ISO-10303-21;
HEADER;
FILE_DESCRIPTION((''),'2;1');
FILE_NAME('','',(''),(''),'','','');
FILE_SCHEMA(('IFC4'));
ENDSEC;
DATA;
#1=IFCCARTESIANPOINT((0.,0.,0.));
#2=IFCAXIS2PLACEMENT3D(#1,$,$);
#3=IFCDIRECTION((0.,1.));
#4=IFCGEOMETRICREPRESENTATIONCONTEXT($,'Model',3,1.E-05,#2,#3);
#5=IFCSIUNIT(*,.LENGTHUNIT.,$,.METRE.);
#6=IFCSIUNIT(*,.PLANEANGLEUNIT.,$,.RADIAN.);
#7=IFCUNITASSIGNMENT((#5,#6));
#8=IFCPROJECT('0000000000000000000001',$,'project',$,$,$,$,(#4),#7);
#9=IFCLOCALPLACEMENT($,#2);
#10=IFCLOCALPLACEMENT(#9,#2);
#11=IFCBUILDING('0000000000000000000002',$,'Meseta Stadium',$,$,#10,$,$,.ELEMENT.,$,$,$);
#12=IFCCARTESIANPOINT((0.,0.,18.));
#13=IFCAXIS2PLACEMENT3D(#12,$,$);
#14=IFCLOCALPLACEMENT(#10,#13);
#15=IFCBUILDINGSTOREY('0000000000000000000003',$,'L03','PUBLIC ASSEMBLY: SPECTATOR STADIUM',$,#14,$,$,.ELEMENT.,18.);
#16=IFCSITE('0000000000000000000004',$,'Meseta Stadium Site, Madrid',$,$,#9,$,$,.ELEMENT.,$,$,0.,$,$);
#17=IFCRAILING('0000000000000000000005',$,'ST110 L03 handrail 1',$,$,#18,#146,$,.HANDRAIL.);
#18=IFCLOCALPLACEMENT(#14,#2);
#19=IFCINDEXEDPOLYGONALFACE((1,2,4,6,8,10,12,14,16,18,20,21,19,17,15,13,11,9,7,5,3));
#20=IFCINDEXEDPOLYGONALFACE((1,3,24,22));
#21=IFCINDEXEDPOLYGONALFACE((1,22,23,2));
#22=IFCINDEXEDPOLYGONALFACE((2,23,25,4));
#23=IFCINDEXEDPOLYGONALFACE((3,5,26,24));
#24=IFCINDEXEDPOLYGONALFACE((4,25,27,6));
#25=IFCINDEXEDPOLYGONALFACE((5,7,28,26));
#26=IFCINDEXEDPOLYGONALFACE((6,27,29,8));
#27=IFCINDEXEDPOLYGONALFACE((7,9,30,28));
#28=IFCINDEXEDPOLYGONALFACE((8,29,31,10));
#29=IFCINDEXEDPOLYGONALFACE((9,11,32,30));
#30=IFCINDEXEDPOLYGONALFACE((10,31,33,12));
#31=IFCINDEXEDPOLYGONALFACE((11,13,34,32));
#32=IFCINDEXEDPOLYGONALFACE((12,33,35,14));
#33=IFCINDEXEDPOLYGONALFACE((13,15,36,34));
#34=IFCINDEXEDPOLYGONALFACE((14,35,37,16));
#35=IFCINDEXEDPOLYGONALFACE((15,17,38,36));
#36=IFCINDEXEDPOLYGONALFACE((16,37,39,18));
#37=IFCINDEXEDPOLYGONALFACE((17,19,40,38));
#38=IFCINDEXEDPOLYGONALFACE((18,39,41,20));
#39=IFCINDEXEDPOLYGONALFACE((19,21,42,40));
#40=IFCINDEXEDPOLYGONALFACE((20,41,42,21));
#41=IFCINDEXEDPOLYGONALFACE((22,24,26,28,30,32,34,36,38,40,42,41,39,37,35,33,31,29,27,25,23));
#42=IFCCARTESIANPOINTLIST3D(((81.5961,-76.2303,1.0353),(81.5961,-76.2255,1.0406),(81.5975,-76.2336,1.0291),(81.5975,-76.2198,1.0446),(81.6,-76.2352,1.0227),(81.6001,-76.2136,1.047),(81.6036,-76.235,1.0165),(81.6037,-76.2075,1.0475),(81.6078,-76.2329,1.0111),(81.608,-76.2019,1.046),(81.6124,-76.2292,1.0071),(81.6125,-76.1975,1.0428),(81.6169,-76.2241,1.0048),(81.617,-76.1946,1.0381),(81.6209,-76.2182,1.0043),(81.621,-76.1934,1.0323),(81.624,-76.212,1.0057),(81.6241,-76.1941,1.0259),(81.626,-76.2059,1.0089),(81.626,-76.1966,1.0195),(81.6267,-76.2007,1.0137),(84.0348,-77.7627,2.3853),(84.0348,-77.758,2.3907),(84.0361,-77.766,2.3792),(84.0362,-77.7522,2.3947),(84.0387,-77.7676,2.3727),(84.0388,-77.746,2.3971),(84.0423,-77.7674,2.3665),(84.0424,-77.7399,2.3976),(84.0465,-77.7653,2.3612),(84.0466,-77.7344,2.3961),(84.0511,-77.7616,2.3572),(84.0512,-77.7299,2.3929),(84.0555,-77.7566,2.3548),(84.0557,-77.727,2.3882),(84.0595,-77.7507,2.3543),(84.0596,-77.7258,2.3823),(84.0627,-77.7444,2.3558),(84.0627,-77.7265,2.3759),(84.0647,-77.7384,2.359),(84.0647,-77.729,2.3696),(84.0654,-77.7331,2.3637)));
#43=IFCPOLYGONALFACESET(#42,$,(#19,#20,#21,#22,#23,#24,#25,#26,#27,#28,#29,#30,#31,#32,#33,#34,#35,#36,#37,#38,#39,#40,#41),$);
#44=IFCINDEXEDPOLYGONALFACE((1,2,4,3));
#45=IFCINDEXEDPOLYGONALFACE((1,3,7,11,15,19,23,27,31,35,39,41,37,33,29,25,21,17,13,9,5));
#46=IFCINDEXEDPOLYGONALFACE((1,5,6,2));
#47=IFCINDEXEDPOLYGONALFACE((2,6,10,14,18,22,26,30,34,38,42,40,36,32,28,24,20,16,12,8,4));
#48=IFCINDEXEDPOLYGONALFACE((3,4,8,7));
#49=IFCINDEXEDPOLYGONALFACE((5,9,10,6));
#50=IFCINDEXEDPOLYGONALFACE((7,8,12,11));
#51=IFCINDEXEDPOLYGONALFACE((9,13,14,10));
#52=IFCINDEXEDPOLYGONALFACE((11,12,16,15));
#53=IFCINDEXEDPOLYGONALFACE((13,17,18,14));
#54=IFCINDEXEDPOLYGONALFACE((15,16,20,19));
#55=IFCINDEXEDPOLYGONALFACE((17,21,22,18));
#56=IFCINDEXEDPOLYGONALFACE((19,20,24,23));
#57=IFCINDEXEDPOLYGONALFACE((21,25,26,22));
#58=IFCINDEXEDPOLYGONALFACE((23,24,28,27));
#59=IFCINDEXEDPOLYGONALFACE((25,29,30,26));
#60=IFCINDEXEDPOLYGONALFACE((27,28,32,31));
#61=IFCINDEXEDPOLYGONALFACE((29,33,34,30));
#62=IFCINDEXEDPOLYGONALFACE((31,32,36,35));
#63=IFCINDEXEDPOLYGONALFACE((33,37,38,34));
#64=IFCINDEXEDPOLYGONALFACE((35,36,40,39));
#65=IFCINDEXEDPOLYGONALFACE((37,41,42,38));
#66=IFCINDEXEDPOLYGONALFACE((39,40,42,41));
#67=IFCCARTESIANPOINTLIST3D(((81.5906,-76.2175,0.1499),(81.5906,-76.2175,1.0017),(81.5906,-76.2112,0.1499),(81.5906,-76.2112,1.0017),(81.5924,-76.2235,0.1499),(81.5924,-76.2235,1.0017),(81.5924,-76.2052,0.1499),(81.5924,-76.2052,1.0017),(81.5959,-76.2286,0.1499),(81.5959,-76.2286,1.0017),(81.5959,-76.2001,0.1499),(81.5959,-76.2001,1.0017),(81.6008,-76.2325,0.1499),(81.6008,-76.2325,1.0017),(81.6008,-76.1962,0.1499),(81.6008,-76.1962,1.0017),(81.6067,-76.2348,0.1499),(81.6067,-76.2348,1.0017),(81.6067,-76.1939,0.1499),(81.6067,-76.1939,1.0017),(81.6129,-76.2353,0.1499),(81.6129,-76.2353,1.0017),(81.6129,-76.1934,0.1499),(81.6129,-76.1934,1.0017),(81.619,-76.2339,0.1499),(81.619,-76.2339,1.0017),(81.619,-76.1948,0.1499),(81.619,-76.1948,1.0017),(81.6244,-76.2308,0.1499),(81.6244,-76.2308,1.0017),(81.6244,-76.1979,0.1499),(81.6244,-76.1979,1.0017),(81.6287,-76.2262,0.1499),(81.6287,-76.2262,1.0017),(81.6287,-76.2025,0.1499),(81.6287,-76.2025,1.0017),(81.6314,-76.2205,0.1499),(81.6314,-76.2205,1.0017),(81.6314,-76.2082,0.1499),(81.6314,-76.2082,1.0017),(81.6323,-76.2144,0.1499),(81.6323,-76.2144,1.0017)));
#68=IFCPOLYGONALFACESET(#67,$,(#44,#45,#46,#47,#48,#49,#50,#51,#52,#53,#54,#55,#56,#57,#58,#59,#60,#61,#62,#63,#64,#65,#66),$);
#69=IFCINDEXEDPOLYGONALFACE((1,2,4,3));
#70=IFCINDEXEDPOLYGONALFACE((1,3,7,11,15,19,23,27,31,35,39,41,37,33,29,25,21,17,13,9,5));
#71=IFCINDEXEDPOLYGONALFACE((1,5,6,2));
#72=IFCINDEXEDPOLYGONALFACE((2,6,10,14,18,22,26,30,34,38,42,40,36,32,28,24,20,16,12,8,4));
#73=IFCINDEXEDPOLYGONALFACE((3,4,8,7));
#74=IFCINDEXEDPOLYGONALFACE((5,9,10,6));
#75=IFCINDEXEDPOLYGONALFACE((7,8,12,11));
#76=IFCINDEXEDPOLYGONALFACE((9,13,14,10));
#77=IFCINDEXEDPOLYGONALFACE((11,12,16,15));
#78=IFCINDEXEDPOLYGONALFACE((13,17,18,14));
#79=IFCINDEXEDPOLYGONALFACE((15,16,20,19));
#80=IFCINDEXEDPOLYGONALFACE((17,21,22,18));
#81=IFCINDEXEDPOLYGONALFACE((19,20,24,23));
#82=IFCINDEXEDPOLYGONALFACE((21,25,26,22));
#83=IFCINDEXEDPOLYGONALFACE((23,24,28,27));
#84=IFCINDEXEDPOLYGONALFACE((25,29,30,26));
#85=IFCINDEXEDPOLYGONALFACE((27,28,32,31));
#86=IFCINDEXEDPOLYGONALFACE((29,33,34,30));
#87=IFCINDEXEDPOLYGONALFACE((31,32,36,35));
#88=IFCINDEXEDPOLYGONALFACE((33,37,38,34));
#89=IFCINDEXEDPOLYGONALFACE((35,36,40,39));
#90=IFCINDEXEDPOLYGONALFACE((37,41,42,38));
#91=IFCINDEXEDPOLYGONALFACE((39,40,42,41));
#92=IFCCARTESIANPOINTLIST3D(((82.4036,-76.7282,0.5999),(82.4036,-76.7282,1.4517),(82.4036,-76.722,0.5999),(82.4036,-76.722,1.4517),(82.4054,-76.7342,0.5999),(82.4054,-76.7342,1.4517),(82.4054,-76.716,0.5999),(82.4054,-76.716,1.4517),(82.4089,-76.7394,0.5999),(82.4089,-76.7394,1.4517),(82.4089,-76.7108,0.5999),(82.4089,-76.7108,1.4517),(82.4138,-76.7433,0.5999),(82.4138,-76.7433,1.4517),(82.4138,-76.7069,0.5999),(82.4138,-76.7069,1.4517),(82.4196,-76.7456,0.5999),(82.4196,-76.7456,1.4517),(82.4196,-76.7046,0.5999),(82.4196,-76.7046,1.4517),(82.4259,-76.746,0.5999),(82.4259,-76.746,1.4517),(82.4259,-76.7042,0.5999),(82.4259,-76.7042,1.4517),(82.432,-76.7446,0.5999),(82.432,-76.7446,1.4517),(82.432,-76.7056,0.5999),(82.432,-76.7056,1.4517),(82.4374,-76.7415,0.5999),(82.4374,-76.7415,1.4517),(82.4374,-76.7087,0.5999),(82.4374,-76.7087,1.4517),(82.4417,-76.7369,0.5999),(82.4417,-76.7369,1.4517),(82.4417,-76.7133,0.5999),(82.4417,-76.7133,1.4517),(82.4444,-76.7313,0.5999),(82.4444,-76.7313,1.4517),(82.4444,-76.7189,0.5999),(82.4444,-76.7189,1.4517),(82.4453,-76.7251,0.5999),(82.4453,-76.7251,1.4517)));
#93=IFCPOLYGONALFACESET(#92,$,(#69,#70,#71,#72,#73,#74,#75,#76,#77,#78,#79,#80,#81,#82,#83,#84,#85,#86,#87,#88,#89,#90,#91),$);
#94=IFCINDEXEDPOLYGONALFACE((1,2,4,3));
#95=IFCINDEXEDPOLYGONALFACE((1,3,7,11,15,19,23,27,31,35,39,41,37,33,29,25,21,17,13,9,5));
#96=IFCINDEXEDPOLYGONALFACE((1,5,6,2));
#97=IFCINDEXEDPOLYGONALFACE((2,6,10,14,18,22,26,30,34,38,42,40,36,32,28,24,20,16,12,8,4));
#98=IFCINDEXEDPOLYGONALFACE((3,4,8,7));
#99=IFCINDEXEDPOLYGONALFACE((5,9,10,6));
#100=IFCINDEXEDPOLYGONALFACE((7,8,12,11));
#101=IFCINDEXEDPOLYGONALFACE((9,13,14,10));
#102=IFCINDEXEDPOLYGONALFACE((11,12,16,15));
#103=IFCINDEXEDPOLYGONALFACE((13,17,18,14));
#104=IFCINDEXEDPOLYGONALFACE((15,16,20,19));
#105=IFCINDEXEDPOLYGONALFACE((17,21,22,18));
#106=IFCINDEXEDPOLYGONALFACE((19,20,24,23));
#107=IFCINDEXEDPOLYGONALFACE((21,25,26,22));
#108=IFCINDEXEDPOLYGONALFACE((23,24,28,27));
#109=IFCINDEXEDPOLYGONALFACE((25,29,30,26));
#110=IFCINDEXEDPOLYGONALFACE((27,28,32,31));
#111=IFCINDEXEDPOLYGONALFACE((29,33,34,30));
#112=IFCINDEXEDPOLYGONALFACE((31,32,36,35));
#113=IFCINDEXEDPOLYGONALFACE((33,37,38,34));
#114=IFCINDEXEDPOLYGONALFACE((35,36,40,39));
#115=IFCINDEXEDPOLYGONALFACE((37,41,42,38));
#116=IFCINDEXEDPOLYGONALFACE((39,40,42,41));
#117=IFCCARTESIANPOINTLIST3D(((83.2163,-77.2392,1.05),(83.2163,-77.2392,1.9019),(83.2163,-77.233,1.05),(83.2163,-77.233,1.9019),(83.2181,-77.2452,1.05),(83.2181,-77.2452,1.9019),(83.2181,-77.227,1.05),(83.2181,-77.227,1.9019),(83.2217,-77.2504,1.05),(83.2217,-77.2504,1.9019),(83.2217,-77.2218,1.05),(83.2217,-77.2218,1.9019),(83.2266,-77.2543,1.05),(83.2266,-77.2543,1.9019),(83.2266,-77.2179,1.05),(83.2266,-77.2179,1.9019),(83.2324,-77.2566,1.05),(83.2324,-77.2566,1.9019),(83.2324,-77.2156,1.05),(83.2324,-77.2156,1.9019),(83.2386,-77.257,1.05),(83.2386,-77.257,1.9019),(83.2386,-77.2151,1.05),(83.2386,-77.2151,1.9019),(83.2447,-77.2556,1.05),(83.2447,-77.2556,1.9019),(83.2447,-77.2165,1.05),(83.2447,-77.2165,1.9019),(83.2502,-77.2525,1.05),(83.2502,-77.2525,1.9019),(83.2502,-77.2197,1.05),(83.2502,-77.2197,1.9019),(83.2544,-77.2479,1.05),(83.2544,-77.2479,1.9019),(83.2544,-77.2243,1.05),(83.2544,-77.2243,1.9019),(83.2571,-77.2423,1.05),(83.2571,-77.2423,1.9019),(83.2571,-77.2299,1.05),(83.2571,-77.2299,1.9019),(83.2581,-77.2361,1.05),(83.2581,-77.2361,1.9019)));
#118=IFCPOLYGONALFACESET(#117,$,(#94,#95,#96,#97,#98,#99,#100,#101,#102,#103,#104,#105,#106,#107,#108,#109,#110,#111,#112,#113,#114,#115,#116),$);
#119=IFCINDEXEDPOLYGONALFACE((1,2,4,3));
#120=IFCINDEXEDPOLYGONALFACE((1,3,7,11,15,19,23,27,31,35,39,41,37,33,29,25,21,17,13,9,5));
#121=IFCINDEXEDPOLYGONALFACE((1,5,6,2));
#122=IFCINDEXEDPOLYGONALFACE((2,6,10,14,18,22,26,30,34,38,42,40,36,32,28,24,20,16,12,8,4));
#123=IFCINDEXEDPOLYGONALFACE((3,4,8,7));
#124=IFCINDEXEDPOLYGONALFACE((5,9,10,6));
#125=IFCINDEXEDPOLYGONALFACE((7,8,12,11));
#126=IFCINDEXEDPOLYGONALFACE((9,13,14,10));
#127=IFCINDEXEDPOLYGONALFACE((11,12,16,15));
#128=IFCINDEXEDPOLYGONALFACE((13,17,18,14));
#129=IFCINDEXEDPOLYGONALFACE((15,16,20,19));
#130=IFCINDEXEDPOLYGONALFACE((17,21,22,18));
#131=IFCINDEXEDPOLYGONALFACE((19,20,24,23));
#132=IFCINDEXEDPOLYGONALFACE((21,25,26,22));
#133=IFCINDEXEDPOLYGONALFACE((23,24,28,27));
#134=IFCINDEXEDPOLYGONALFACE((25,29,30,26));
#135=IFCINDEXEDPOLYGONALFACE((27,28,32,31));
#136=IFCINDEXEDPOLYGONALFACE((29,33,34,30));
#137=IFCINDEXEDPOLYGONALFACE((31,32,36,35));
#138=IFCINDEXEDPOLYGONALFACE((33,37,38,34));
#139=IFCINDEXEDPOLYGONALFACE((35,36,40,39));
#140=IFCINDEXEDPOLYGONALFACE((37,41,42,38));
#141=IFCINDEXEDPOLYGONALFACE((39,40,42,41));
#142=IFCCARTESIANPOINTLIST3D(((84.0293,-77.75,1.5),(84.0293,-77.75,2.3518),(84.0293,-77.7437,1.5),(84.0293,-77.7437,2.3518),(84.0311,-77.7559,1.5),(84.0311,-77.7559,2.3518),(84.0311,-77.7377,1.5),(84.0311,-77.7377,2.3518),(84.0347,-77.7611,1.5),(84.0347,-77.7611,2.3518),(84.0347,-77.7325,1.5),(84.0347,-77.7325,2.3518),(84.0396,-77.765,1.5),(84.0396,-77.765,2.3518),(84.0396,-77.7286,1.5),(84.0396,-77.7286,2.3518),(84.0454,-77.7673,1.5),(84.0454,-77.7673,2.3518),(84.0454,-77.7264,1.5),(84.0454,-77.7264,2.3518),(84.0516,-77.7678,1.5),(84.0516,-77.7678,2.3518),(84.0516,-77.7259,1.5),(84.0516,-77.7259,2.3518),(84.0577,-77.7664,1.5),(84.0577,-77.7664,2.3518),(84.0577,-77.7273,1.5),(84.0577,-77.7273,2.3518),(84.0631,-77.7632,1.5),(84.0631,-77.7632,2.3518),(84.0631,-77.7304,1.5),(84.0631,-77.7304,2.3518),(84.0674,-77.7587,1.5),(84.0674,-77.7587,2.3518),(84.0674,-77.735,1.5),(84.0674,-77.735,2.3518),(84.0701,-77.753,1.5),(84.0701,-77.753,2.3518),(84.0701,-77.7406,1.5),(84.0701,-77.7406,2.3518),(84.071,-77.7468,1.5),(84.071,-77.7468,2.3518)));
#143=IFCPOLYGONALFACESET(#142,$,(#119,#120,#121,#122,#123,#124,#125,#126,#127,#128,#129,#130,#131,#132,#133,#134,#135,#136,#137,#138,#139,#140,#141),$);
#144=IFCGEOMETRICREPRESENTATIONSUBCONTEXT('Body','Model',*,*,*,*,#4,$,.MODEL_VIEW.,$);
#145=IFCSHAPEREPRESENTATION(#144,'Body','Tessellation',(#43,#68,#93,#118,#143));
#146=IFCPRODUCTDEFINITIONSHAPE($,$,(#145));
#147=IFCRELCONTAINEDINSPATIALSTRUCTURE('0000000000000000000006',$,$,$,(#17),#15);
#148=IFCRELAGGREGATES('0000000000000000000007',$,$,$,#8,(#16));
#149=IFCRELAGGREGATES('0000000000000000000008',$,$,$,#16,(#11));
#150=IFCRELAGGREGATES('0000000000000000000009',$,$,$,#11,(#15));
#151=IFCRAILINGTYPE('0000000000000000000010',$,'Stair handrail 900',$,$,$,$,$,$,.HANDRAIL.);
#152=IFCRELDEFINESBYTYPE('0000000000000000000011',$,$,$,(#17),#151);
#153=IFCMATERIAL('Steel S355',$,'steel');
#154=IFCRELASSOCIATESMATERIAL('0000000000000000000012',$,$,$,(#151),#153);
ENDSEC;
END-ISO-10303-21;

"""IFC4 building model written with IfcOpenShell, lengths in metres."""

from ifc_helpers import new_model, si_unit, direction, frame, origin, origin_2d, place, context, subcontext, project, spatial, circle, extrude, material, type_object, element, save


model = new_model("IFC4")

# Units and contexts
model_context = context("Model", 3, precision=1e-05, world=origin(), true_north=direction((0.0, 1.0)))
body_context = subcontext(model_context, "Body", "Model", "MODEL_VIEW")
ifc_project = project(units=[si_unit("LENGTHUNIT", "METRE"), si_unit("PLANEANGLEUNIT", "RADIAN")], contexts=[model_context])

# Site, building, storey
site_placement = place(None, origin())
site = spatial("IfcSite", under=ifc_project, at=site_placement, Name="Meseta Stadium Site, Madrid", CompositionType="ELEMENT", RefElevation=0.0)
building_placement = place(site_placement, origin())
building = spatial("IfcBuilding", under=site, at=building_placement, Name="Meseta Stadium", CompositionType="ELEMENT")
storey_placement = place(building_placement, frame((0.0, 0.0, 18.0)))
storey = spatial("IfcBuildingStorey", under=building, at=storey_placement, Name="L03", Description="PUBLIC ASSEMBLY: SPECTATOR STADIUM", CompositionType="ELEMENT", Elevation=18.0)

# Railing
ifc_material_1 = material(Name="Steel S355", Category="steel")
railing_type_1 = type_object("IfcRailingType", Name="Stair handrail 900", PredefinedType="HANDRAIL", material=ifc_material_1)
for number, where, name in (
    (1, (81.6113, -76.2144, 0.1499), "ST110 L03 handrail 1"),
):
    element("IfcRailing", number, at=place(storey_placement, frame(where)), inside=storey, type_object=railing_type_1, Name=name, PredefinedType="HANDRAIL", context=body_context, shape_type="SweptSolid", body=[
        extrude(circle(Radius=0.0239, at=origin_2d()), frame((0.0, 0.0, 0.876), z_axis=(0.766659, -0.481762, 0.424429), x_axis=(0.532062, 0.846705, 0.0)), (0.0, 0.0, 1.0), 3.1809),
        extrude(circle(Radius=0.021, at=origin_2d()), origin(), (0.0, 0.0, 1.0), 0.8518),
        extrude(circle(Radius=0.021, at=origin_2d()), frame((0.813, -0.5107, 0.45)), (0.0, 0.0, 1.0), 0.8518),
        extrude(circle(Radius=0.021, at=origin_2d()), frame((1.6257, -1.0217, 0.9001)), (0.0, 0.0, 1.0), 0.8518),
        extrude(circle(Radius=0.021, at=origin_2d()), frame((2.4387, -1.5325, 1.3501)), (0.0, 0.0, 1.0), 0.8518),
    ])

save(model, "model.ifc")
